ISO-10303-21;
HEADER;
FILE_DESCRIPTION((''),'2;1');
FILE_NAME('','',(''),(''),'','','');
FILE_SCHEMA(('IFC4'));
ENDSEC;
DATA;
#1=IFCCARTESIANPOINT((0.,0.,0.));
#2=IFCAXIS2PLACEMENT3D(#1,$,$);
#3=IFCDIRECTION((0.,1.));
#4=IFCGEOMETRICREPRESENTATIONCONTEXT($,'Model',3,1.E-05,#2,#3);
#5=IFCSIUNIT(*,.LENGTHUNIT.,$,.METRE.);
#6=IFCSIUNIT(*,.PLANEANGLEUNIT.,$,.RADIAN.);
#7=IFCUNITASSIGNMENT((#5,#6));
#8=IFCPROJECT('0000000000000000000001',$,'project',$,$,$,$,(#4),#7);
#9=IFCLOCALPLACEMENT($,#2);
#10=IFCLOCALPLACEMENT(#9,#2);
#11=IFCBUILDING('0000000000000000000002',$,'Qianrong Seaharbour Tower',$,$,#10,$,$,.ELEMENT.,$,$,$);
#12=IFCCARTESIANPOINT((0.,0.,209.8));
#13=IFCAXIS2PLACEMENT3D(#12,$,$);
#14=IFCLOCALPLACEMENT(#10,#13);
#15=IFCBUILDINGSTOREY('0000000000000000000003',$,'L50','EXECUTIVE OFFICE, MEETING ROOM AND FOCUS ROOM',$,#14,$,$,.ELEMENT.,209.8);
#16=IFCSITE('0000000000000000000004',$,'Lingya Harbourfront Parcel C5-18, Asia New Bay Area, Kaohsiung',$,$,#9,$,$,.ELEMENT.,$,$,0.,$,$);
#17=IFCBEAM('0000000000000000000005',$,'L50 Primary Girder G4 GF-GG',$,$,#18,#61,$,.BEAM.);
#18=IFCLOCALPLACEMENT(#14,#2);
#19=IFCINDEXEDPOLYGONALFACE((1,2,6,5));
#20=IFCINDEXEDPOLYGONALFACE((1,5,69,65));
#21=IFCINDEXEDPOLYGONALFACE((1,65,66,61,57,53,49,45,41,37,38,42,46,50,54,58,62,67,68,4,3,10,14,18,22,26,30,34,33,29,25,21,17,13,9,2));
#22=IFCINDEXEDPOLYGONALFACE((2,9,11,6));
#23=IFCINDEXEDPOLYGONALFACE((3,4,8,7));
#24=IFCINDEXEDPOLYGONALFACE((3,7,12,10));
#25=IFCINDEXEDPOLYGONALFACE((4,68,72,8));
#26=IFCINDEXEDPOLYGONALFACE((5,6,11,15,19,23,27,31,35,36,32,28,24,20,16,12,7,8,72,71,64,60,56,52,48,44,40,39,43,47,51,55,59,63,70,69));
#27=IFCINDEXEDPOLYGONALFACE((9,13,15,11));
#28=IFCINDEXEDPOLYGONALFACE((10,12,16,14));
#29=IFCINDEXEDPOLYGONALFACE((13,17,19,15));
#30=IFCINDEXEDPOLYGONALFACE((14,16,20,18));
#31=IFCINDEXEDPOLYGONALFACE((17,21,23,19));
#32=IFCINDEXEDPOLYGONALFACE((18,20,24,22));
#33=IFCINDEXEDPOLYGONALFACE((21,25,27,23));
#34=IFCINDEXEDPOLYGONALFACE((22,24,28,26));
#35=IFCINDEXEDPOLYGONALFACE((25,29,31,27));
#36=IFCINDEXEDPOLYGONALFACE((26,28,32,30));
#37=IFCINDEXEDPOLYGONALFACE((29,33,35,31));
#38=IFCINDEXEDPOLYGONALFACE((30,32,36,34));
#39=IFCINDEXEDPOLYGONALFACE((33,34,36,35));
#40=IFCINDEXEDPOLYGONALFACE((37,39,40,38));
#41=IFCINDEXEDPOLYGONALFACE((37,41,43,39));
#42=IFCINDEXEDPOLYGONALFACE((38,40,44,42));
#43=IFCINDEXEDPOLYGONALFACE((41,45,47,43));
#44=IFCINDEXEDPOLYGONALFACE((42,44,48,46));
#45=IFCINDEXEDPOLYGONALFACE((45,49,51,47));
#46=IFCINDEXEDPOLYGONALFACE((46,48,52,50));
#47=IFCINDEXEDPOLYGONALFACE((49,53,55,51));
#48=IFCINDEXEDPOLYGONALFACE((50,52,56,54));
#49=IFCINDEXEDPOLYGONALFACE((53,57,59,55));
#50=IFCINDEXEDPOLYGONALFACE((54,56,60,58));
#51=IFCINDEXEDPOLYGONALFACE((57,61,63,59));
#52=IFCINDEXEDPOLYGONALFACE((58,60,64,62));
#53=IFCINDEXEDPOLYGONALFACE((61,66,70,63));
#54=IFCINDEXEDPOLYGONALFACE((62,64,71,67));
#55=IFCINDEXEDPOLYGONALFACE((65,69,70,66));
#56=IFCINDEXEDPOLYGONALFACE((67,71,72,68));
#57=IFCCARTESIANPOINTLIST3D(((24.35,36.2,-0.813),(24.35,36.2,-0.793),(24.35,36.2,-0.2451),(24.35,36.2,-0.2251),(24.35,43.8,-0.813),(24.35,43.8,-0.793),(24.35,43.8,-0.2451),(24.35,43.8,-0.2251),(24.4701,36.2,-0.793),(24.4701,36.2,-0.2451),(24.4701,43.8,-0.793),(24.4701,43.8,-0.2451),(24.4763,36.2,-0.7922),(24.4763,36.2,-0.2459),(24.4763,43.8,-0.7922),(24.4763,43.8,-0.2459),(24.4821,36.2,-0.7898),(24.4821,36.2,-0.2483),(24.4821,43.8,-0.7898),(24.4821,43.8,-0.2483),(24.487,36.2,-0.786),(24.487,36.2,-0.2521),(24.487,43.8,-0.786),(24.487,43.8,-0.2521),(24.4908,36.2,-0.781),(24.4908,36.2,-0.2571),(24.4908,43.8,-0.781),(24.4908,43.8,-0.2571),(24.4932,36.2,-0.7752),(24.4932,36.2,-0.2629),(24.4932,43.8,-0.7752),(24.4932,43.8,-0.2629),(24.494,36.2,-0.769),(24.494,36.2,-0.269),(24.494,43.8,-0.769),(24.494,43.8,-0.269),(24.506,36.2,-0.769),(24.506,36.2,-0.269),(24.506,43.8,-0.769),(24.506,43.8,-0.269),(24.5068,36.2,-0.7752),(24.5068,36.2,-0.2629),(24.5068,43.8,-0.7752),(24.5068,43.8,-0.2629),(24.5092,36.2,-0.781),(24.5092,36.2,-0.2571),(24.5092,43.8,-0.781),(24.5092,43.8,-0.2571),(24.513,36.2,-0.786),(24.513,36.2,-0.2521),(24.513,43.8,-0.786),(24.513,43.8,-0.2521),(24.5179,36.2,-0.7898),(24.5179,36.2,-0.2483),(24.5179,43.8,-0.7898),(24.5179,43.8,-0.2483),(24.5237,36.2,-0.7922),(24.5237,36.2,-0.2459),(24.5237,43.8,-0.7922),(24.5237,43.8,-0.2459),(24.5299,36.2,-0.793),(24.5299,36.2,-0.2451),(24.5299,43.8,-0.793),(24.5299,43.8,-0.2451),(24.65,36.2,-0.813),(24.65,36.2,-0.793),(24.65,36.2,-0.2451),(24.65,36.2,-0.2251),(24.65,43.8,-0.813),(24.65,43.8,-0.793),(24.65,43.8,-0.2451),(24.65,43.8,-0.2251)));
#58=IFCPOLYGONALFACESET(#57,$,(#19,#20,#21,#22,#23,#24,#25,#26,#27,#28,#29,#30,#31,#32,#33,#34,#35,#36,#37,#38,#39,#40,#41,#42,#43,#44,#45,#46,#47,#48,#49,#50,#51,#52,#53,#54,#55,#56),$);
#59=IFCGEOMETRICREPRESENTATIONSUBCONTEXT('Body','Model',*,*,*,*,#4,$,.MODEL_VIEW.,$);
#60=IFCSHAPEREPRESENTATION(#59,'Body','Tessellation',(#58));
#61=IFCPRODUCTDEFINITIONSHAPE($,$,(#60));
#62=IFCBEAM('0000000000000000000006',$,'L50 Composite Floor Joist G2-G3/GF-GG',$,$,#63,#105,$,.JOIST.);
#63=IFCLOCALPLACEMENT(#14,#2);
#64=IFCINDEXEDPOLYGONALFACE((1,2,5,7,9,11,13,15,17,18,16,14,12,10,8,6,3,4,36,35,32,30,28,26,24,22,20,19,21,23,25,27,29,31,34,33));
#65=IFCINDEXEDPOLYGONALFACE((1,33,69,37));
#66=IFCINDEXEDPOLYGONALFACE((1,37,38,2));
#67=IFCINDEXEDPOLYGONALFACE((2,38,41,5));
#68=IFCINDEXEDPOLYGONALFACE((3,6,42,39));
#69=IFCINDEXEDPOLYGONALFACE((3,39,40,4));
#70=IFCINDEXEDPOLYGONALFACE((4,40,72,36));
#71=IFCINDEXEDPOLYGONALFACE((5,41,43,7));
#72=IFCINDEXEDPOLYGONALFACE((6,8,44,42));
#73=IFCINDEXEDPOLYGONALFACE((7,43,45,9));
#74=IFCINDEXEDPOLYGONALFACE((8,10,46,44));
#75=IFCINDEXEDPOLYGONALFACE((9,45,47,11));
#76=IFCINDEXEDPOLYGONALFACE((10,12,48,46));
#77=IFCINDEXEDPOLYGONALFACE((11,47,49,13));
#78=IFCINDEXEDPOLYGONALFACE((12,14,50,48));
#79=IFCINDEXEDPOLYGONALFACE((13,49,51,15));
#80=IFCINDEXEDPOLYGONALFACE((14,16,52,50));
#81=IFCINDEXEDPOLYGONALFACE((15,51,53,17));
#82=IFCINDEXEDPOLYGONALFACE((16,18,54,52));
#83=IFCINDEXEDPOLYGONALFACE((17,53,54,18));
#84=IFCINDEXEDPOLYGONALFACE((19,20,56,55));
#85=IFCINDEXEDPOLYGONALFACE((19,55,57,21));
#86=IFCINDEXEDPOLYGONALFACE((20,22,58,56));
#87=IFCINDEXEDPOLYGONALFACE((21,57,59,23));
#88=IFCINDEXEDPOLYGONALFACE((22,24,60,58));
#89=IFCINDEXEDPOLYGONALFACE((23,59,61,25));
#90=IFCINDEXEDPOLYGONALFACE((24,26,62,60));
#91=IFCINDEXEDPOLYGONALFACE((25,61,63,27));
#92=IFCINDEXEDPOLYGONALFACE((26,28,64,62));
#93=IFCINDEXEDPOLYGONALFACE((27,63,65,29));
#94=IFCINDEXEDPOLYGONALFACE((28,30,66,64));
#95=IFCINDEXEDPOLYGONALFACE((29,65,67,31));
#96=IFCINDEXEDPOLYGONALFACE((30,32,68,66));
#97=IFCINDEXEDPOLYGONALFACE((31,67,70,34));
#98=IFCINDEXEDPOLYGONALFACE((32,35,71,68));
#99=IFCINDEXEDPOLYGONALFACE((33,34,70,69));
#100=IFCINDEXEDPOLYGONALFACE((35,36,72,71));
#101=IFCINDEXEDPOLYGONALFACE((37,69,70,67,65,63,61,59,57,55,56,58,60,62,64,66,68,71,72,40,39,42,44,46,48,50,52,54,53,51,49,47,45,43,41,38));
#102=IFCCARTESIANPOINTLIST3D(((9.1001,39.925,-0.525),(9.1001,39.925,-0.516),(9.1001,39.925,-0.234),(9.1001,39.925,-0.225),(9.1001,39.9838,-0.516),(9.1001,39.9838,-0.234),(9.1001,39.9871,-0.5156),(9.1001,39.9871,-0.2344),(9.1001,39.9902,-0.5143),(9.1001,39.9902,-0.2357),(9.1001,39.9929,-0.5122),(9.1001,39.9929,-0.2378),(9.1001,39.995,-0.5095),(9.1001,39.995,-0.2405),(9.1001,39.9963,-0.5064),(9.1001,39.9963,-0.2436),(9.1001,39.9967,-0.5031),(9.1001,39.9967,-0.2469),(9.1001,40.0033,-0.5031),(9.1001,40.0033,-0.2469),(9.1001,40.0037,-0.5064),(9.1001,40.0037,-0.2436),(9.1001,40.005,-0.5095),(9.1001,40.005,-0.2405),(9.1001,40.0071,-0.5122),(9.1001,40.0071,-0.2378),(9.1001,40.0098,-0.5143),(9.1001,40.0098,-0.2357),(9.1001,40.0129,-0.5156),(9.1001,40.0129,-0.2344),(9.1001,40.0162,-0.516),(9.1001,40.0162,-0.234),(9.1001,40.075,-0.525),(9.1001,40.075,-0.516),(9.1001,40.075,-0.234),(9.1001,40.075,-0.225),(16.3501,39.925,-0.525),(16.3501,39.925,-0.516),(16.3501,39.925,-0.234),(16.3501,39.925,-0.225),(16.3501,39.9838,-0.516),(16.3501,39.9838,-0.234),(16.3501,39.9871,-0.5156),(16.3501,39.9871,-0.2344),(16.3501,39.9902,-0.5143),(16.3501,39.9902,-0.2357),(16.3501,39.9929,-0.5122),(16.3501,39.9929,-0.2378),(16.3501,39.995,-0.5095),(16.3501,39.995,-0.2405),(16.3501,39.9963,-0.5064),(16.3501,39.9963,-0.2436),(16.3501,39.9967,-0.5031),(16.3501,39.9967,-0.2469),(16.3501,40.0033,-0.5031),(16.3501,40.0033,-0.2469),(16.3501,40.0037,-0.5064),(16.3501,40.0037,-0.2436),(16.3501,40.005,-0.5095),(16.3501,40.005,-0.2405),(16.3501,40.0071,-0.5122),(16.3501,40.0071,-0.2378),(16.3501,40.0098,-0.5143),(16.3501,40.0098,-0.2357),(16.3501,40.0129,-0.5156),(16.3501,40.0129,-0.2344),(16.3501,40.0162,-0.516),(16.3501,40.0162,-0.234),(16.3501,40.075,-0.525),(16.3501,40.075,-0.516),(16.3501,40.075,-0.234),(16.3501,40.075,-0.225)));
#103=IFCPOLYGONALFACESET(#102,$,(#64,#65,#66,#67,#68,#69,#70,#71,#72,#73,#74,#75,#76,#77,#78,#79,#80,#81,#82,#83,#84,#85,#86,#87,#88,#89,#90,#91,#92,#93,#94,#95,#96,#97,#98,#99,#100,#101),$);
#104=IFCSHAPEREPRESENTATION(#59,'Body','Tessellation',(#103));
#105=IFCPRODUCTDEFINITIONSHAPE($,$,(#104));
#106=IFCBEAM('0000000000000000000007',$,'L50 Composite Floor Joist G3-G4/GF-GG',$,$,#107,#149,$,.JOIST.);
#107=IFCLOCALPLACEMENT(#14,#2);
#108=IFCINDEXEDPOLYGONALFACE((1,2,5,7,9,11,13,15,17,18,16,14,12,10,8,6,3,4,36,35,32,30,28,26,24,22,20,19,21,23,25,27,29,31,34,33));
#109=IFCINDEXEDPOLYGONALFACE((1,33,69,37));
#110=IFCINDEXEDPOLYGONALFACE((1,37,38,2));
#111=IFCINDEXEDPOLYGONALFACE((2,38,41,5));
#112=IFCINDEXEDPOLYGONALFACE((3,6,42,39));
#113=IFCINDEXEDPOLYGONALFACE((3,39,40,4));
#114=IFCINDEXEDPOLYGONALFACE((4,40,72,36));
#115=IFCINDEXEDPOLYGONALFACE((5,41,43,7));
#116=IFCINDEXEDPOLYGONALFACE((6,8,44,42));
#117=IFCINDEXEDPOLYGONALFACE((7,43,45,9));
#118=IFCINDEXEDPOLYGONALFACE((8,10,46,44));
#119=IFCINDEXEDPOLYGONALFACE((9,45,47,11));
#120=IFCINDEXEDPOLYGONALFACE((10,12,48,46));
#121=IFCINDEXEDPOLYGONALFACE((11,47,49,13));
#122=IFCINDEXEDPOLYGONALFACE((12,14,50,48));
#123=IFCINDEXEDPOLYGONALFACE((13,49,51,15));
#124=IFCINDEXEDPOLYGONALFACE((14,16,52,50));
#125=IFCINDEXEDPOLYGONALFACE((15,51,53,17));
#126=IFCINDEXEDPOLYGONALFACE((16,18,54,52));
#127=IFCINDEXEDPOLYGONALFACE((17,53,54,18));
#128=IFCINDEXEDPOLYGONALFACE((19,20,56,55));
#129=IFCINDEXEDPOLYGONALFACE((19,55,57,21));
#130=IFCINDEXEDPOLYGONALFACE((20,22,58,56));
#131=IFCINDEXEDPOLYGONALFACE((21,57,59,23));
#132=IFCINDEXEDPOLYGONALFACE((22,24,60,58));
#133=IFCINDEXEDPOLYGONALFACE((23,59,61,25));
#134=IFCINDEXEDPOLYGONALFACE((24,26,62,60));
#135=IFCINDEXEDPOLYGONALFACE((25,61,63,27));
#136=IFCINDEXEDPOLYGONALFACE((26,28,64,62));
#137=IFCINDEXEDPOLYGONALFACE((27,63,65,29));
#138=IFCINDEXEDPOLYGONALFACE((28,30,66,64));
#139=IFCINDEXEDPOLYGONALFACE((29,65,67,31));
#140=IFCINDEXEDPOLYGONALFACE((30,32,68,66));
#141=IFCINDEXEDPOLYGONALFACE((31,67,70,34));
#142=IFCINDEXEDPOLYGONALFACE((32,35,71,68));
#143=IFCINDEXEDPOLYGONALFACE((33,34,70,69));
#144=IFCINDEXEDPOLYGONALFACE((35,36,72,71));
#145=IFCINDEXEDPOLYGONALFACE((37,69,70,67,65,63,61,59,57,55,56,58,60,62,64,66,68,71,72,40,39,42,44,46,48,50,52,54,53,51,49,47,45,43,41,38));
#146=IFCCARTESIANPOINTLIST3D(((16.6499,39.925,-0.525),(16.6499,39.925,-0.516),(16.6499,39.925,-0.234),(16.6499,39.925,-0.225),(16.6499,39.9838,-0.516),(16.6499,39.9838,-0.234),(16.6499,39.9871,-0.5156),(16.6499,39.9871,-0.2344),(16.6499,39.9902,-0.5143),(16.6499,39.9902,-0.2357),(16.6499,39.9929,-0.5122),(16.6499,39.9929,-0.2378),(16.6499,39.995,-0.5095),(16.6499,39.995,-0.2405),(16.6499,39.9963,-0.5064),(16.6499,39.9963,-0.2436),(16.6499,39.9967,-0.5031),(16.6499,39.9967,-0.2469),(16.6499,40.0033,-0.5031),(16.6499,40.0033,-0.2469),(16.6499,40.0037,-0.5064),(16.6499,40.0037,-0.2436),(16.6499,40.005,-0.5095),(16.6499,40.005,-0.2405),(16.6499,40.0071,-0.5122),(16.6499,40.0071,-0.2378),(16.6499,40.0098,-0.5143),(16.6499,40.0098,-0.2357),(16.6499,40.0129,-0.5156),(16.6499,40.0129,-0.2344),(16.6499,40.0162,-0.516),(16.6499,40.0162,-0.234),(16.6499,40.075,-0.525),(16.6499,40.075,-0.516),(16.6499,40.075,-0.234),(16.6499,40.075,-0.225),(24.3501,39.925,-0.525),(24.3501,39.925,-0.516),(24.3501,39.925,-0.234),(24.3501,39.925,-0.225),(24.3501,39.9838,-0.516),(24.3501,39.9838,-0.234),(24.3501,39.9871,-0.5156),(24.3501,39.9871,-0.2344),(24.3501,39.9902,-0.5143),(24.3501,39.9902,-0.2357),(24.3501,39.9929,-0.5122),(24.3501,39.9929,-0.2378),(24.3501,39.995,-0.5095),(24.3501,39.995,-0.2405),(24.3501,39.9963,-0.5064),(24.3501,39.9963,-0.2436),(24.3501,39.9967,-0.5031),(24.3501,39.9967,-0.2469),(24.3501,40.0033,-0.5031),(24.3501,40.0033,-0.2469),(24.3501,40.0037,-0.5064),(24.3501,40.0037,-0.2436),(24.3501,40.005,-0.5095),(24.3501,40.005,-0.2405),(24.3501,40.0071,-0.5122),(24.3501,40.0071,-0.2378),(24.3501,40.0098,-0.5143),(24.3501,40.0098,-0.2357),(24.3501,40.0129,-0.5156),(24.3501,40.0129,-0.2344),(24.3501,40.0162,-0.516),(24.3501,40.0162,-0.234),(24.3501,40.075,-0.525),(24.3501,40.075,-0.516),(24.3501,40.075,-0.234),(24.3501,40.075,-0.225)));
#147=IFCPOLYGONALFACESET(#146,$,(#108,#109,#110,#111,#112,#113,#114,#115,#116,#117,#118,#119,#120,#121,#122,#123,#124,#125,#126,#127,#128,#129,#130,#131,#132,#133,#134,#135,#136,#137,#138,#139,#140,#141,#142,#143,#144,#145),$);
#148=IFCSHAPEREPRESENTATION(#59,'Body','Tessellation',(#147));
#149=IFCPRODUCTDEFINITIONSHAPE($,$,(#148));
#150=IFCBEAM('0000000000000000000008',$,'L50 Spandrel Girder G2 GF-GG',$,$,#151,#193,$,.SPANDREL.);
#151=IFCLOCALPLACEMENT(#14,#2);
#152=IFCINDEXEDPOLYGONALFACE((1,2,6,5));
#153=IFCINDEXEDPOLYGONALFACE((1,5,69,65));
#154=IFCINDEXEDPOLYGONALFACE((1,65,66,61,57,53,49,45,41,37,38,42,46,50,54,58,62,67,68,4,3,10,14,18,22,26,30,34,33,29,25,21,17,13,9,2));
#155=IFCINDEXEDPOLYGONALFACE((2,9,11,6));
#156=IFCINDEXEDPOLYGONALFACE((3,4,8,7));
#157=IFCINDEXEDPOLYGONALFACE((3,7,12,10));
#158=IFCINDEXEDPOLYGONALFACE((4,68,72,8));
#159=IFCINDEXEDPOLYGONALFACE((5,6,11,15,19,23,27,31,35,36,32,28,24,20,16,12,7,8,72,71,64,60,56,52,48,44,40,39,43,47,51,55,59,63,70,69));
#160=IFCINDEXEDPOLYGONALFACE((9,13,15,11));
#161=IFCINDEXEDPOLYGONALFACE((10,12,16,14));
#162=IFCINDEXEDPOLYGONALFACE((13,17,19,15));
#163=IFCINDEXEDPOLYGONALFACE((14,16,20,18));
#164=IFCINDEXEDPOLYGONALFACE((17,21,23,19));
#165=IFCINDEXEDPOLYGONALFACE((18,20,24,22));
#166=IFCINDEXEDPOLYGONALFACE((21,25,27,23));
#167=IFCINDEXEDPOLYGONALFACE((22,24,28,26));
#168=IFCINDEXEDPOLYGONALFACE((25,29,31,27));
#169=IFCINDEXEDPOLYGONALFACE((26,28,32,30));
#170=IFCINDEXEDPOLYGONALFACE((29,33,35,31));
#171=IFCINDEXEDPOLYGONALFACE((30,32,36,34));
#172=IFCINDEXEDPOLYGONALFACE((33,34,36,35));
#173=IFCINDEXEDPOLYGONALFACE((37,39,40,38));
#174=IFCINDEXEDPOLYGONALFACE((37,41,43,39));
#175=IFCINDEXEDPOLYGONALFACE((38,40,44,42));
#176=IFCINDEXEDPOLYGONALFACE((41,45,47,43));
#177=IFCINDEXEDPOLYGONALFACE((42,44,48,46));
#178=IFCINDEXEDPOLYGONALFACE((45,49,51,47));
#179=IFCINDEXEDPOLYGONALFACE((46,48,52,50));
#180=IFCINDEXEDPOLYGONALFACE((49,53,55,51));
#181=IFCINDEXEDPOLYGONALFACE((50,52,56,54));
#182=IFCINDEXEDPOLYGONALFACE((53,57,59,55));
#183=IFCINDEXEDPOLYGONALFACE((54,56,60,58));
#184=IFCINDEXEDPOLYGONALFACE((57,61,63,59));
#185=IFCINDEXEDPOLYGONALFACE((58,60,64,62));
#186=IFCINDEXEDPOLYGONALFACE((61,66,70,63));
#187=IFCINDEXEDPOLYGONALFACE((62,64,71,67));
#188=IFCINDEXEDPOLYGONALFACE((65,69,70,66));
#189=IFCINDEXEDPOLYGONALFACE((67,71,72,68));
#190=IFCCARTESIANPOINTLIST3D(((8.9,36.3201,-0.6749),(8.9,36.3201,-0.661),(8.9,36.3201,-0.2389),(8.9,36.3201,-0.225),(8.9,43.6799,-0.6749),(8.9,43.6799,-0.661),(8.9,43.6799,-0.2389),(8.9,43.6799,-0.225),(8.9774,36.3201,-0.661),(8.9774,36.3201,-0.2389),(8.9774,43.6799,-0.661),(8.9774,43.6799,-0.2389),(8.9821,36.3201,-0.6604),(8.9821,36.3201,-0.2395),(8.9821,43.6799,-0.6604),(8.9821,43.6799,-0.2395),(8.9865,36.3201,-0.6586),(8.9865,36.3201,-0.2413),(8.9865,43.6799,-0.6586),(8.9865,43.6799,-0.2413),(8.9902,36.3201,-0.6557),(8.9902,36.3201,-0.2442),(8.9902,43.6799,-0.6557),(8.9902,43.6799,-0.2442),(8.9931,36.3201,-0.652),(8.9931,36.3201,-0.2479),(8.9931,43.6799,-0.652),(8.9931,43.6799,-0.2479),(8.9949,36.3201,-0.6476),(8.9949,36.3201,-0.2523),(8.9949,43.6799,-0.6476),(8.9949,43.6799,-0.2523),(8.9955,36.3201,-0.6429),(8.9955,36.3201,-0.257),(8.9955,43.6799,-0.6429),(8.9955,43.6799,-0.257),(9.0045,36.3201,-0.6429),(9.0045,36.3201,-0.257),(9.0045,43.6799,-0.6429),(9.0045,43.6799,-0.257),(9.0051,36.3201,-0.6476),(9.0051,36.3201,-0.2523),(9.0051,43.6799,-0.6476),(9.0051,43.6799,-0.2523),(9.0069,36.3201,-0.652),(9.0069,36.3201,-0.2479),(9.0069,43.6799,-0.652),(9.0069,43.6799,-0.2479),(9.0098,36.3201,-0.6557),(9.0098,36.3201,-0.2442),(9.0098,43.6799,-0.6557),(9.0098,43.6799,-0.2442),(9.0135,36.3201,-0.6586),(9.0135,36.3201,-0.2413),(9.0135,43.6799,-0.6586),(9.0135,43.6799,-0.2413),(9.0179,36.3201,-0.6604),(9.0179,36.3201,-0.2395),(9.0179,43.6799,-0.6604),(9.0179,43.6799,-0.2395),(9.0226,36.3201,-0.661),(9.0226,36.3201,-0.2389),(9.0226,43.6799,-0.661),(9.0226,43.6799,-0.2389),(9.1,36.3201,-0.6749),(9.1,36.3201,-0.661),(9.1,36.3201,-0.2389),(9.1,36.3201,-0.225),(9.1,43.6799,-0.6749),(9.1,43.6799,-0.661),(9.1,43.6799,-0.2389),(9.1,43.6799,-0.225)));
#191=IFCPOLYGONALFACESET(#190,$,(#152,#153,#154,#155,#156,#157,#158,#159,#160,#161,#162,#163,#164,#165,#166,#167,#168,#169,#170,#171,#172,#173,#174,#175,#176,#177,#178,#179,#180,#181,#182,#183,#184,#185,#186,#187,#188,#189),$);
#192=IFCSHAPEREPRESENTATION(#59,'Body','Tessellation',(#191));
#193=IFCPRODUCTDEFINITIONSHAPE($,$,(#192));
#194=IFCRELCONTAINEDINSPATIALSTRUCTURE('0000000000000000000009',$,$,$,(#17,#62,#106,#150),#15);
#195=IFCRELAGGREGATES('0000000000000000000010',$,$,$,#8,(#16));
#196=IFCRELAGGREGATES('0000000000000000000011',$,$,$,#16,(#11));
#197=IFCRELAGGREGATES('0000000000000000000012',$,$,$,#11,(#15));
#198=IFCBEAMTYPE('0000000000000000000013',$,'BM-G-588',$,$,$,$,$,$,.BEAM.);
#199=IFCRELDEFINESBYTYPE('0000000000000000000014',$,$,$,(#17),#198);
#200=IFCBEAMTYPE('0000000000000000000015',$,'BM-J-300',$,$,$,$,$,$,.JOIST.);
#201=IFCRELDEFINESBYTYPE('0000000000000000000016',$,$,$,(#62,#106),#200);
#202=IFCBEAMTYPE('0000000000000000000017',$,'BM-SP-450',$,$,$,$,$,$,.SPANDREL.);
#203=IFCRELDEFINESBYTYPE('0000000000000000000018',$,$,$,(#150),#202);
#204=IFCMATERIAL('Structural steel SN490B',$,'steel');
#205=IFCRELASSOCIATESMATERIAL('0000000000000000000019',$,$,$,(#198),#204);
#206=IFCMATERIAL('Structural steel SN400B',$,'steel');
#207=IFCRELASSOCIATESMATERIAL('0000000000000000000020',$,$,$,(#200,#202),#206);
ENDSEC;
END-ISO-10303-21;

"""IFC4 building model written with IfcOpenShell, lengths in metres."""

from ifc_helpers import new_model, si_unit, direction, frame, origin, origin_2d, place, context, subcontext, project, spatial, i_section, extrude, material, material_profile, profile_set, type_object, element, save


model = new_model("IFC4")

# Units and contexts
model_context = context("Model", 3, precision=1e-05, world=origin(), true_north=direction((0.0, 1.0)))
body_context = subcontext(model_context, "Body", "Model", "MODEL_VIEW")
ifc_project = project(units=[si_unit("LENGTHUNIT", "METRE"), si_unit("PLANEANGLEUNIT", "RADIAN")], contexts=[model_context])

# Site, building, storey
site_placement = place(None, origin())
site = spatial("IfcSite", under=ifc_project, at=site_placement, Name="Lingya Harbourfront Parcel C5-18, Asia New Bay Area, Kaohsiung", CompositionType="ELEMENT", RefElevation=0.0)
building_placement = place(site_placement, origin())
building = spatial("IfcBuilding", under=site, at=building_placement, Name="Qianrong Seaharbour Tower", CompositionType="ELEMENT")
storey_placement = place(building_placement, frame((0.0, 0.0, 209.8)))
storey = spatial("IfcBuildingStorey", under=building, at=storey_placement, Name="L50", Description="EXECUTIVE OFFICE, MEETING ROOM AND FOCUS ROOM", CompositionType="ELEMENT", Elevation=209.8)

# Shared definitions
ifc_material_1 = material(Name="Structural steel SN490B", Category="steel")

# Beams
ifc_material_profile_1 = material_profile(ifc_material_1, i_section(OverallWidth=0.3, OverallDepth=0.5879, WebThickness=0.012, FlangeThickness=0.02, FilletRadius=0.0239, at=origin_2d()), Name="H588x300x12x20")
ifc_profile_set_1 = profile_set([ifc_material_profile_1], Name="Structural steel SN490B")
beam_type_1 = type_object("IfcBeamType", Name="BM-G-588", PredefinedType="BEAM", material=ifc_profile_set_1)
for number, where, z_axis, x_axis, name in (
    (1, (24.5, 36.2, -0.519), (0.0, 1.0, 0.0), (-1.0, 0.0, 0.0), "L50 Primary Girder G4 GF-GG"),
):
    element("IfcBeam", number, at=place(storey_placement, frame(where, z_axis=z_axis, x_axis=x_axis)), inside=storey, type_object=beam_type_1, Name=name, PredefinedType="BEAM", context=body_context, shape_type="SweptSolid", body=[
        extrude(i_section(OverallWidth=0.3, OverallDepth=0.5879, WebThickness=0.012, FlangeThickness=0.02, FilletRadius=0.0239, at=origin_2d()), origin(), (0.0, 0.0, 1.0), 7.6001),
    ])
ifc_material_2 = material(Name="Structural steel SN400B", Category="steel")
ifc_material_profile_2 = material_profile(ifc_material_2, i_section(OverallWidth=0.1499, OverallDepth=0.3, WebThickness=0.0066, FlangeThickness=0.009, FilletRadius=0.0129, at=origin_2d()), Name="H300x150x6.5x9")
ifc_profile_set_2 = profile_set([ifc_material_profile_2], Name="Structural steel SN400B")
beam_type_2 = type_object("IfcBeamType", Name="BM-J-300", PredefinedType="JOIST", material=ifc_profile_set_2)
beam_1_placement = place(storey_placement, frame((9.1001, 40.0, -0.375), z_axis=(1.0, 0.0, 0.0), x_axis=(0.0, 1.0, 0.0)))
element("IfcBeam", 2, at=beam_1_placement, inside=storey, type_object=beam_type_2, Name="L50 Composite Floor Joist G2-G3/GF-GG", PredefinedType="JOIST", context=body_context, shape_type="SweptSolid", body=[
    extrude(i_section(OverallWidth=0.1499, OverallDepth=0.3, WebThickness=0.0066, FlangeThickness=0.009, FilletRadius=0.0129, at=origin_2d()), origin(), (0.0, 0.0, 1.0), 7.25),
])
beam_2_placement = place(storey_placement, frame((16.6499, 40.0, -0.375), z_axis=(1.0, 0.0, 0.0), x_axis=(0.0, 1.0, 0.0)))
element("IfcBeam", 3, at=beam_2_placement, inside=storey, type_object=beam_type_2, Name="L50 Composite Floor Joist G3-G4/GF-GG", PredefinedType="JOIST", context=body_context, shape_type="SweptSolid", body=[
    extrude(i_section(OverallWidth=0.1499, OverallDepth=0.3, WebThickness=0.0066, FlangeThickness=0.009, FilletRadius=0.0129, at=origin_2d()), origin(), (0.0, 0.0, 1.0), 7.7002),
])
ifc_material_profile_3 = material_profile(ifc_material_2, i_section(OverallWidth=0.2, OverallDepth=0.45, WebThickness=0.009, FlangeThickness=0.0139, FilletRadius=0.0181, at=origin_2d()), Name="H450x200x9x14")
ifc_profile_set_3 = profile_set([ifc_material_profile_3], Name="Structural steel SN400B")
beam_type_3 = type_object("IfcBeamType", Name="BM-SP-450", PredefinedType="SPANDREL", material=ifc_profile_set_3)
beam_3_placement = place(storey_placement, frame((9.0, 36.3201, -0.45), z_axis=(0.0, 1.0, 0.0), x_axis=(-1.0, 0.0, 0.0)))
element("IfcBeam", 4, at=beam_3_placement, inside=storey, type_object=beam_type_3, Name="L50 Spandrel Girder G2 GF-GG", PredefinedType="SPANDREL", context=body_context, shape_type="SweptSolid", body=[
    extrude(i_section(OverallWidth=0.2, OverallDepth=0.45, WebThickness=0.009, FlangeThickness=0.0139, FilletRadius=0.0181, at=origin_2d()), origin(), (0.0, 0.0, 1.0), 7.3599),
])

save(model, "model.ifc")
